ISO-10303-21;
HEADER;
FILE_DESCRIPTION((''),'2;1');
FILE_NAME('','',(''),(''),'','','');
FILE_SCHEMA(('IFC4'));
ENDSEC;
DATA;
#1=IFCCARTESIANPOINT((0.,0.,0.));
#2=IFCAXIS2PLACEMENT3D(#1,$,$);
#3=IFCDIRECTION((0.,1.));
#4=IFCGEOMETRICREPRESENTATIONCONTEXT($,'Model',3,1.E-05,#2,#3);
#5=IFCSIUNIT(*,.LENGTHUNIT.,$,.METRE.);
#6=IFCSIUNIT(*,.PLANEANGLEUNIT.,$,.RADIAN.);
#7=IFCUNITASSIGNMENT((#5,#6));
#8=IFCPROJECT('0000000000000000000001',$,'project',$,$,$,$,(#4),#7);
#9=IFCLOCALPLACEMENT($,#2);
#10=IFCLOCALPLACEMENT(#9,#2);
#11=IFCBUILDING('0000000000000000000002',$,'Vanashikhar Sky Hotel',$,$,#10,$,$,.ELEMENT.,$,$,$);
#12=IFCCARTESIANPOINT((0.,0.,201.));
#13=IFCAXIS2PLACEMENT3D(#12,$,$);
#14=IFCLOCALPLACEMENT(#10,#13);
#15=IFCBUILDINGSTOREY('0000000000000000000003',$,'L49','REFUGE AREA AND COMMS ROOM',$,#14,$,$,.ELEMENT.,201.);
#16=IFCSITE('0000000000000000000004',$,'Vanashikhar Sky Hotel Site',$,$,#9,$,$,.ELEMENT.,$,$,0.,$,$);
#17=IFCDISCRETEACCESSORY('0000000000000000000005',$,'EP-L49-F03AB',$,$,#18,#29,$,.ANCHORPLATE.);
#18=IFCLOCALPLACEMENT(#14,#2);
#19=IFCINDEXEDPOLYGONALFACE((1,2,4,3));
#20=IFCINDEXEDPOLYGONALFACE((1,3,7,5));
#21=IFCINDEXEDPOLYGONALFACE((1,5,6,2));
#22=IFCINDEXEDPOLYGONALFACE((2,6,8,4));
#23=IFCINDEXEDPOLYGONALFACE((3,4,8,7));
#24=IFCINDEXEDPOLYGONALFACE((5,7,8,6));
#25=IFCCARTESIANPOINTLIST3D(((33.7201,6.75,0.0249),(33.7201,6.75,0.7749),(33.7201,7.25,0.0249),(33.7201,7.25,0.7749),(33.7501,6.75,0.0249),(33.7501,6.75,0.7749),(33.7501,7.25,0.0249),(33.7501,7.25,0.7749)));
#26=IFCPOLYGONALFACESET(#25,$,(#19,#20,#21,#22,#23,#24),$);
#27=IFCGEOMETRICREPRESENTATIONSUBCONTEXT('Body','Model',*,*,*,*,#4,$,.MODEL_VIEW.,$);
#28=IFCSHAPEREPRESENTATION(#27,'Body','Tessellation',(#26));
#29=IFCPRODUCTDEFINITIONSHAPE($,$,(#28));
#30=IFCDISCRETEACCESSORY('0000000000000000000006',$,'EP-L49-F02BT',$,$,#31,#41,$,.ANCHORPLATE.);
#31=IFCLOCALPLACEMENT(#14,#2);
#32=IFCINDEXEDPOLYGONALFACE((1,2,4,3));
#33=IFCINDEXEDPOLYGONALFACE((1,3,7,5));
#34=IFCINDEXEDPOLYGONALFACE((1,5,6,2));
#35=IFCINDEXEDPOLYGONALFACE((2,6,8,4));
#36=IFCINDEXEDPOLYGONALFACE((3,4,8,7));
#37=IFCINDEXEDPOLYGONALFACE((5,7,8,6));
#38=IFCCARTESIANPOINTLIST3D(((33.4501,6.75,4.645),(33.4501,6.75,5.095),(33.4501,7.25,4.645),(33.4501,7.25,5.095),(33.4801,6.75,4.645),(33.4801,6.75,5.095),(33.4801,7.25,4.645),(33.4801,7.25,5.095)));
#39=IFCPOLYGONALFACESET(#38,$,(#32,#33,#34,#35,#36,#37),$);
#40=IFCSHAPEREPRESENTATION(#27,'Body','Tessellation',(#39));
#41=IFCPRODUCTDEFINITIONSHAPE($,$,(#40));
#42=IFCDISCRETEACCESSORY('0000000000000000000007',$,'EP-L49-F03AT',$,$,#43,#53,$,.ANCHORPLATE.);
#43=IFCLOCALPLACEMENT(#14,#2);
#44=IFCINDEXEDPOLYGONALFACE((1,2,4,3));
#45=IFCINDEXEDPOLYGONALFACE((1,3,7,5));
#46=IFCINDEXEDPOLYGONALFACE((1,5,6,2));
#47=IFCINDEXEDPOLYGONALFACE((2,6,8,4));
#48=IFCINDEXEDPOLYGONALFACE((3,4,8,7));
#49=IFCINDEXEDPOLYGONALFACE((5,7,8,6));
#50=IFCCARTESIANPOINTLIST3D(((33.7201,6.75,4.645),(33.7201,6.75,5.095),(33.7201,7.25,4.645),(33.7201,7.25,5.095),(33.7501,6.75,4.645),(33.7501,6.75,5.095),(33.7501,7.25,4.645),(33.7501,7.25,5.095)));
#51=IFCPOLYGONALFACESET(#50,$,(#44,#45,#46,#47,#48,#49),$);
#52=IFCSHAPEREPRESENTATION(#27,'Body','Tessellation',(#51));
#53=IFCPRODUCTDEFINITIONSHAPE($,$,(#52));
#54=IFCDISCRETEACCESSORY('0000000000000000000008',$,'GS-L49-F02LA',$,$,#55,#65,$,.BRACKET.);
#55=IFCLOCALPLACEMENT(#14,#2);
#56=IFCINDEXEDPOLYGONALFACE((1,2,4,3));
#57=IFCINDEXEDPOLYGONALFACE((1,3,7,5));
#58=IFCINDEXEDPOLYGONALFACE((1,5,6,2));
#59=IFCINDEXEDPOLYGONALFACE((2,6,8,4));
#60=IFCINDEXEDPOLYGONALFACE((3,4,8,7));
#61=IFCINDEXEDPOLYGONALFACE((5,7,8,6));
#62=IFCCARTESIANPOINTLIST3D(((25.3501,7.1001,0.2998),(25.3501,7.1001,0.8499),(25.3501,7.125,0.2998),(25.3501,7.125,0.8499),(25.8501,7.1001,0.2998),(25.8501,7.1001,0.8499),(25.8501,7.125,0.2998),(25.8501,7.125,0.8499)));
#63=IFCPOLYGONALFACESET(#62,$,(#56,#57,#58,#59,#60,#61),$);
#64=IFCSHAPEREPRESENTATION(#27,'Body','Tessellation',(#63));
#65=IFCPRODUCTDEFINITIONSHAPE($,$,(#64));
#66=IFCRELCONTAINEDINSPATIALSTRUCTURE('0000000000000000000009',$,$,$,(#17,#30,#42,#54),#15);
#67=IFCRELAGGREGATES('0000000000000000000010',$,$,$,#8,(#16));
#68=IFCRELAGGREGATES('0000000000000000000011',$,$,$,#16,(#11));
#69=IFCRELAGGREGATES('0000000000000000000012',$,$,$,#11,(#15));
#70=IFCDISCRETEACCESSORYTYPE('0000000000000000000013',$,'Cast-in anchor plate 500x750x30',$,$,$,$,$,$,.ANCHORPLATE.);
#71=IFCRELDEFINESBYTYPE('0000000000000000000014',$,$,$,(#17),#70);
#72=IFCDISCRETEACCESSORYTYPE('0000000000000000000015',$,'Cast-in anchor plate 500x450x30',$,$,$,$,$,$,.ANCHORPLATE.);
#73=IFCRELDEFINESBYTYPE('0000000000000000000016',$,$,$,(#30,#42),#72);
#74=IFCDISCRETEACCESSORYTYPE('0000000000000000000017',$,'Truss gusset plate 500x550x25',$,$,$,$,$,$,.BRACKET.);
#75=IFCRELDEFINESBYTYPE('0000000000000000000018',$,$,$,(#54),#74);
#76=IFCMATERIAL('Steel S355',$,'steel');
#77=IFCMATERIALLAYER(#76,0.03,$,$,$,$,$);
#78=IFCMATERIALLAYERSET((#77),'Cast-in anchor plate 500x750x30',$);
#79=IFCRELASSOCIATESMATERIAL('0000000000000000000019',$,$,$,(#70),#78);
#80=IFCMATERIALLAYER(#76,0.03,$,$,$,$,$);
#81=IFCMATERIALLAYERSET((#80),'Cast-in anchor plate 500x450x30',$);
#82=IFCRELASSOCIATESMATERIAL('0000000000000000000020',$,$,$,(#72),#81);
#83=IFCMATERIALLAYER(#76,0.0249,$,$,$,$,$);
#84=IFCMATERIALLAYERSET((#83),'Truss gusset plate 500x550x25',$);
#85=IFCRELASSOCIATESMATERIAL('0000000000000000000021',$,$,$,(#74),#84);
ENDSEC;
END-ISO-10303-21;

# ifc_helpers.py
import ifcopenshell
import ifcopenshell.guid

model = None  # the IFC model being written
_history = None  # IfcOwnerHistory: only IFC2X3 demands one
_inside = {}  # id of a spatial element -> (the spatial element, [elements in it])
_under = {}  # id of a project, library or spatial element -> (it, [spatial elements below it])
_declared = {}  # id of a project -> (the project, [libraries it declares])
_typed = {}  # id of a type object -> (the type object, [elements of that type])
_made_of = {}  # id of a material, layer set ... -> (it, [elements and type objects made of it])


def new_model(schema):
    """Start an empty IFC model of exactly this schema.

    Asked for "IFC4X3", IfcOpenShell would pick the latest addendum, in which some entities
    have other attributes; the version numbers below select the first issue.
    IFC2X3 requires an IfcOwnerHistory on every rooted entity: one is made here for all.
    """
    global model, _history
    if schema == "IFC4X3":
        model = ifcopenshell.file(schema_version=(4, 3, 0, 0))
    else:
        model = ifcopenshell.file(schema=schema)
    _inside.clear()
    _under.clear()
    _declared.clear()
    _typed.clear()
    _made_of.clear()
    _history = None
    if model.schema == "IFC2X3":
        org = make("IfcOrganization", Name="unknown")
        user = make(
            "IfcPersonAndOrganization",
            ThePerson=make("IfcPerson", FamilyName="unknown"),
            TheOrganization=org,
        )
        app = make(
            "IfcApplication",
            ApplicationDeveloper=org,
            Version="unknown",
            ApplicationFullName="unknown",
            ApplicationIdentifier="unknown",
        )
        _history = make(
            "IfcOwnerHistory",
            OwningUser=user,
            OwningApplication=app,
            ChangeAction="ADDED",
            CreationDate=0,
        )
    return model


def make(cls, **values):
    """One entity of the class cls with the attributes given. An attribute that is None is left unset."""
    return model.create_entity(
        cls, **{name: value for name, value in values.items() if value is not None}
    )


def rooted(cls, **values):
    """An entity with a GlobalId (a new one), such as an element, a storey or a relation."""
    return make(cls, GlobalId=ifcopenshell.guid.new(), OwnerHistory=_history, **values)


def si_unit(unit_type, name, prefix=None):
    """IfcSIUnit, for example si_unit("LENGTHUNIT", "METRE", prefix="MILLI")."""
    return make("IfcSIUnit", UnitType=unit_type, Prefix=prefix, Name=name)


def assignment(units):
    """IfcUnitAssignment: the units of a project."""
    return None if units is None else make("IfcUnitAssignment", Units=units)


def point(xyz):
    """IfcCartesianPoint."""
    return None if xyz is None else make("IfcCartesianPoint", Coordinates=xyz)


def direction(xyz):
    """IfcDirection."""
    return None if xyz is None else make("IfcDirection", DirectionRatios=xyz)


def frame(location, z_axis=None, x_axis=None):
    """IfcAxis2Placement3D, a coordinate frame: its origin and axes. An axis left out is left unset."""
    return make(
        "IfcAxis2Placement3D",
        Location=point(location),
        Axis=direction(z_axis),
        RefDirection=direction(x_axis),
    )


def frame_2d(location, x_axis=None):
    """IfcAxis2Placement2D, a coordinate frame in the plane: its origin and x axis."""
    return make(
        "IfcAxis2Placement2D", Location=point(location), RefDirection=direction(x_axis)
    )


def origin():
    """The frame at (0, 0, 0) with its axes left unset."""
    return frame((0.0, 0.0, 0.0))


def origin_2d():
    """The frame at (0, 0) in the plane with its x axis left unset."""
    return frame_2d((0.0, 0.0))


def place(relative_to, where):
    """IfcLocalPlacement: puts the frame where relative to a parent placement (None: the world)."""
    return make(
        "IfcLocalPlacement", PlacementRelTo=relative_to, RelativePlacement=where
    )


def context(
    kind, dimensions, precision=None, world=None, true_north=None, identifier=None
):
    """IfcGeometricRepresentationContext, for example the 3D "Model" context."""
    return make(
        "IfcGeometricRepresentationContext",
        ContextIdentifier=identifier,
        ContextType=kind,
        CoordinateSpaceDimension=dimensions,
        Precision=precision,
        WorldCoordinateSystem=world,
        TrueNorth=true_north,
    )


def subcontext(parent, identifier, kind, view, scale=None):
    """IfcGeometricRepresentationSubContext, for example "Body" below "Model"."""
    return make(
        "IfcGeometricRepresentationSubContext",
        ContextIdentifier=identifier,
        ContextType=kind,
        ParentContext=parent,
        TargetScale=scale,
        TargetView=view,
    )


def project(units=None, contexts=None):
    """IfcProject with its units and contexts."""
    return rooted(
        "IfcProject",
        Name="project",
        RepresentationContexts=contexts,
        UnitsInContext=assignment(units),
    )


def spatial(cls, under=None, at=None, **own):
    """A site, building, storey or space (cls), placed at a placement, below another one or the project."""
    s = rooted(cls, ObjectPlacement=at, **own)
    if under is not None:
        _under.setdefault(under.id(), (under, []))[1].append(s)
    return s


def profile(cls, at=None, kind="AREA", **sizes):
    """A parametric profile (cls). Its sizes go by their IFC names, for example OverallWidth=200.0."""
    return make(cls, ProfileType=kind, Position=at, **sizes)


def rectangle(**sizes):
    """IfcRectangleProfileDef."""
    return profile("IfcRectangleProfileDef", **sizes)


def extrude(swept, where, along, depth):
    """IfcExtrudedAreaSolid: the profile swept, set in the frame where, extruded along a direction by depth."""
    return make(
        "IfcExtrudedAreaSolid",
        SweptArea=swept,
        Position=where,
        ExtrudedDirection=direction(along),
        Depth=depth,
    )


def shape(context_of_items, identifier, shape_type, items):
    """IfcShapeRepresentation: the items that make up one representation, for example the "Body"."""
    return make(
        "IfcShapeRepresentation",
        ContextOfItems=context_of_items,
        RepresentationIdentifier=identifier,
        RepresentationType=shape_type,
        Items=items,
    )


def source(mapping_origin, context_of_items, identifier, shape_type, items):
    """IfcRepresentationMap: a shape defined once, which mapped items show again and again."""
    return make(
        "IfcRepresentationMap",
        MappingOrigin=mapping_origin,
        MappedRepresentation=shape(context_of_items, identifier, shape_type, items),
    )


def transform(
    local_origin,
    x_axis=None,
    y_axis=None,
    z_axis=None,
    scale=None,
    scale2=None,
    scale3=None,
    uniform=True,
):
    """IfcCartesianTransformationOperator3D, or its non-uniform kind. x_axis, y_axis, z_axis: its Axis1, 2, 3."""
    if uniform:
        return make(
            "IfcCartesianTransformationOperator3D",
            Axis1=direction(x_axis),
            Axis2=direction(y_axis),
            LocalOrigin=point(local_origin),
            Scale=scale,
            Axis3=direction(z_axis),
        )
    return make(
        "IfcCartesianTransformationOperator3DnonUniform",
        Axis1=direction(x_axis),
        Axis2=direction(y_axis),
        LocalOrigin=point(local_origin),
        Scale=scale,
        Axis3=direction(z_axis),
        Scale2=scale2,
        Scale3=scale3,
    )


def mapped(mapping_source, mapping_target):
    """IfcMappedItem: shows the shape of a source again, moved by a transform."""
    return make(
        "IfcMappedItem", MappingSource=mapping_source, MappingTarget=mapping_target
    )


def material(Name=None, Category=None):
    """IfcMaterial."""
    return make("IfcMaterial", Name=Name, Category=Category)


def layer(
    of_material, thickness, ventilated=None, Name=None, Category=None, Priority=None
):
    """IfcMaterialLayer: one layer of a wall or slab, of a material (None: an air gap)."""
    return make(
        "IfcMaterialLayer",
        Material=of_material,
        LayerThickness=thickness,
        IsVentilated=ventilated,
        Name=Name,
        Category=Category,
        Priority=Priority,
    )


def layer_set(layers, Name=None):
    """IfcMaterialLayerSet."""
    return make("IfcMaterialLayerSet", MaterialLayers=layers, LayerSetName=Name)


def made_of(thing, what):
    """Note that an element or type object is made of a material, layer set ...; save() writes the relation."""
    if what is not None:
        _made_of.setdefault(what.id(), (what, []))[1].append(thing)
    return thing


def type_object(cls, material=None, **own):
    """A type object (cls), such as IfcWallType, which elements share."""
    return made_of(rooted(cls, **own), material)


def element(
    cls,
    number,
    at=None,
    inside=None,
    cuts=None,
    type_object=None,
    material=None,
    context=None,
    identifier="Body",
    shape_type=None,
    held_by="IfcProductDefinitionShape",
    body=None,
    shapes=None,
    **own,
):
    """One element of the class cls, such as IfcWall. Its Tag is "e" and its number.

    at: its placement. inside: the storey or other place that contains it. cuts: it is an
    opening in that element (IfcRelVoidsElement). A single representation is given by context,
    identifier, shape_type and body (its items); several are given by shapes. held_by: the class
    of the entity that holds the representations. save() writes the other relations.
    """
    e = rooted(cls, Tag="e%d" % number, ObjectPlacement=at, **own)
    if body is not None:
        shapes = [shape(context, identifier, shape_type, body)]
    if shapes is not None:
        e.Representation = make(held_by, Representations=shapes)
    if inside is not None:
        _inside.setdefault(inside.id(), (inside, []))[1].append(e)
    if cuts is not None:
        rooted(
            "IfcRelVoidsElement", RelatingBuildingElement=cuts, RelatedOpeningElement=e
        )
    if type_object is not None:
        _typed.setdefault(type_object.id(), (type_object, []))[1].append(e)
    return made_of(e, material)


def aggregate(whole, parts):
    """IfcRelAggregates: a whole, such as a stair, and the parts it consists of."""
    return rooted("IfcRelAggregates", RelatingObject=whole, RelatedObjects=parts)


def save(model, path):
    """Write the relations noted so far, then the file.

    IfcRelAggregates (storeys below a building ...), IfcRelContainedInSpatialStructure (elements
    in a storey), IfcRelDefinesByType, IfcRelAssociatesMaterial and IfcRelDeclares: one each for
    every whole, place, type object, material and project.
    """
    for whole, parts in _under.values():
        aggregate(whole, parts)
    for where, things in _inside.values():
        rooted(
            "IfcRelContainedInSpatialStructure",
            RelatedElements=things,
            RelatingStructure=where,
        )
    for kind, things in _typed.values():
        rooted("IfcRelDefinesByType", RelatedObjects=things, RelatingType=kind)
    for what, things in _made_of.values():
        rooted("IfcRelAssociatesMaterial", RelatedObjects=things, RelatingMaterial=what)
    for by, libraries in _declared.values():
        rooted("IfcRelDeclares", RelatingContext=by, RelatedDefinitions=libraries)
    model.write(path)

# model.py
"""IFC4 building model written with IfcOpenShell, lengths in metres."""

from ifc_helpers import new_model, si_unit, direction, frame, origin, origin_2d, place, context, subcontext, project, spatial, rectangle, extrude, source, transform, mapped, material, layer, layer_set, type_object, element, save


model = new_model("IFC4")

# Units and contexts
model_context = context("Model", 3, precision=1e-05, world=origin(), true_north=direction((0.0, 1.0)))
body_context = subcontext(model_context, "Body", "Model", "MODEL_VIEW")
ifc_project = project(units=[si_unit("LENGTHUNIT", "METRE"), si_unit("PLANEANGLEUNIT", "RADIAN")], contexts=[model_context])

# Site, building, storey
site_placement = place(None, origin())
site = spatial("IfcSite", under=ifc_project, at=site_placement, Name="Vanashikhar Sky Hotel Site", CompositionType="ELEMENT", RefElevation=0.0)
building_placement = place(site_placement, origin())
building = spatial("IfcBuilding", under=site, at=building_placement, Name="Vanashikhar Sky Hotel", CompositionType="ELEMENT")
storey_placement = place(building_placement, frame((0.0, 0.0, 201.0)))
storey = spatial("IfcBuildingStorey", under=building, at=storey_placement, Name="L49", Description="REFUGE AREA AND COMMS ROOM", CompositionType="ELEMENT", Elevation=201.0)

# Shared definitions
ifc_material_1 = material(Name="Steel S355", Category="steel")

# Discrete accessories
ifc_layer_1 = layer(ifc_material_1, 0.03)
ifc_layer_set_1 = layer_set([ifc_layer_1], Name="Cast-in anchor plate 500x750x30")
discrete_accessory_type_1 = type_object("IfcDiscreteAccessoryType", Name="Cast-in anchor plate 500x750x30", PredefinedType="ANCHORPLATE", material=ifc_layer_set_1)
shared_shape_1 = source(origin(), body_context, "Body", "SweptSolid", [
    extrude(rectangle(XDim=0.03, YDim=0.5, at=origin_2d()), origin(), (0.0, 0.0, 1.0), 0.75),
])
for number, where, z_axis, x_axis, name in (
    (1, (33.7351, 7.0, 0.0249), (0.0, 0.0, 1.0), (1.0, 0.0, 0.0), "EP-L49-F03AB"),
):
    element("IfcDiscreteAccessory", number, at=place(storey_placement, frame(where, z_axis=z_axis, x_axis=x_axis)), inside=storey, type_object=discrete_accessory_type_1, Name=name, PredefinedType="ANCHORPLATE", context=body_context, shape_type="MappedRepresentation", body=[
        mapped(shared_shape_1, transform((0.0, 0.0, 0.0), scale=1.0)),
    ])
ifc_layer_2 = layer(ifc_material_1, 0.03)
ifc_layer_set_2 = layer_set([ifc_layer_2], Name="Cast-in anchor plate 500x450x30")
discrete_accessory_type_2 = type_object("IfcDiscreteAccessoryType", Name="Cast-in anchor plate 500x450x30", PredefinedType="ANCHORPLATE", material=ifc_layer_set_2)
shared_shape_2 = source(origin(), body_context, "Body", "SweptSolid", [
    extrude(rectangle(XDim=0.03, YDim=0.5, at=origin_2d()), origin(), (0.0, 0.0, 1.0), 0.45),
])
for number, where, z_axis, x_axis, name in (
    (2, (33.4651, 7.0, 4.645), (0.0, 0.0, 1.0), (1.0, 0.0, 0.0), "EP-L49-F02BT"),
    (3, (33.7351, 7.0, 4.645), (0.0, 0.0, 1.0), (1.0, 0.0, 0.0), "EP-L49-F03AT"),
):
    element("IfcDiscreteAccessory", number, at=place(storey_placement, frame(where, z_axis=z_axis, x_axis=x_axis)), inside=storey, type_object=discrete_accessory_type_2, Name=name, PredefinedType="ANCHORPLATE", context=body_context, shape_type="MappedRepresentation", body=[
        mapped(shared_shape_2, transform((0.0, 0.0, 0.0), scale=1.0)),
    ])
ifc_layer_3 = layer(ifc_material_1, 0.0249)
ifc_layer_set_3 = layer_set([ifc_layer_3], Name="Truss gusset plate 500x550x25")
discrete_accessory_type_3 = type_object("IfcDiscreteAccessoryType", Name="Truss gusset plate 500x550x25", PredefinedType="BRACKET", material=ifc_layer_set_3)
shared_shape_3 = source(origin(), body_context, "Body", "SweptSolid", [
    extrude(rectangle(XDim=0.5, YDim=0.0249, at=origin_2d()), origin(), (0.0, 0.0, 1.0), 0.55),
])
discrete_accessory_placement = place(storey_placement, frame((25.6001, 7.1125, 0.2998), z_axis=(0.0, 0.0, 1.0), x_axis=(1.0, 0.0, 0.0)))
element("IfcDiscreteAccessory", 4, at=discrete_accessory_placement, inside=storey, type_object=discrete_accessory_type_3, Name="GS-L49-F02LA", PredefinedType="BRACKET", context=body_context, shape_type="MappedRepresentation", body=[
    mapped(shared_shape_3, transform((0.0, 0.0, 0.0), scale=1.0)),
])

save(model, "model.ifc")
